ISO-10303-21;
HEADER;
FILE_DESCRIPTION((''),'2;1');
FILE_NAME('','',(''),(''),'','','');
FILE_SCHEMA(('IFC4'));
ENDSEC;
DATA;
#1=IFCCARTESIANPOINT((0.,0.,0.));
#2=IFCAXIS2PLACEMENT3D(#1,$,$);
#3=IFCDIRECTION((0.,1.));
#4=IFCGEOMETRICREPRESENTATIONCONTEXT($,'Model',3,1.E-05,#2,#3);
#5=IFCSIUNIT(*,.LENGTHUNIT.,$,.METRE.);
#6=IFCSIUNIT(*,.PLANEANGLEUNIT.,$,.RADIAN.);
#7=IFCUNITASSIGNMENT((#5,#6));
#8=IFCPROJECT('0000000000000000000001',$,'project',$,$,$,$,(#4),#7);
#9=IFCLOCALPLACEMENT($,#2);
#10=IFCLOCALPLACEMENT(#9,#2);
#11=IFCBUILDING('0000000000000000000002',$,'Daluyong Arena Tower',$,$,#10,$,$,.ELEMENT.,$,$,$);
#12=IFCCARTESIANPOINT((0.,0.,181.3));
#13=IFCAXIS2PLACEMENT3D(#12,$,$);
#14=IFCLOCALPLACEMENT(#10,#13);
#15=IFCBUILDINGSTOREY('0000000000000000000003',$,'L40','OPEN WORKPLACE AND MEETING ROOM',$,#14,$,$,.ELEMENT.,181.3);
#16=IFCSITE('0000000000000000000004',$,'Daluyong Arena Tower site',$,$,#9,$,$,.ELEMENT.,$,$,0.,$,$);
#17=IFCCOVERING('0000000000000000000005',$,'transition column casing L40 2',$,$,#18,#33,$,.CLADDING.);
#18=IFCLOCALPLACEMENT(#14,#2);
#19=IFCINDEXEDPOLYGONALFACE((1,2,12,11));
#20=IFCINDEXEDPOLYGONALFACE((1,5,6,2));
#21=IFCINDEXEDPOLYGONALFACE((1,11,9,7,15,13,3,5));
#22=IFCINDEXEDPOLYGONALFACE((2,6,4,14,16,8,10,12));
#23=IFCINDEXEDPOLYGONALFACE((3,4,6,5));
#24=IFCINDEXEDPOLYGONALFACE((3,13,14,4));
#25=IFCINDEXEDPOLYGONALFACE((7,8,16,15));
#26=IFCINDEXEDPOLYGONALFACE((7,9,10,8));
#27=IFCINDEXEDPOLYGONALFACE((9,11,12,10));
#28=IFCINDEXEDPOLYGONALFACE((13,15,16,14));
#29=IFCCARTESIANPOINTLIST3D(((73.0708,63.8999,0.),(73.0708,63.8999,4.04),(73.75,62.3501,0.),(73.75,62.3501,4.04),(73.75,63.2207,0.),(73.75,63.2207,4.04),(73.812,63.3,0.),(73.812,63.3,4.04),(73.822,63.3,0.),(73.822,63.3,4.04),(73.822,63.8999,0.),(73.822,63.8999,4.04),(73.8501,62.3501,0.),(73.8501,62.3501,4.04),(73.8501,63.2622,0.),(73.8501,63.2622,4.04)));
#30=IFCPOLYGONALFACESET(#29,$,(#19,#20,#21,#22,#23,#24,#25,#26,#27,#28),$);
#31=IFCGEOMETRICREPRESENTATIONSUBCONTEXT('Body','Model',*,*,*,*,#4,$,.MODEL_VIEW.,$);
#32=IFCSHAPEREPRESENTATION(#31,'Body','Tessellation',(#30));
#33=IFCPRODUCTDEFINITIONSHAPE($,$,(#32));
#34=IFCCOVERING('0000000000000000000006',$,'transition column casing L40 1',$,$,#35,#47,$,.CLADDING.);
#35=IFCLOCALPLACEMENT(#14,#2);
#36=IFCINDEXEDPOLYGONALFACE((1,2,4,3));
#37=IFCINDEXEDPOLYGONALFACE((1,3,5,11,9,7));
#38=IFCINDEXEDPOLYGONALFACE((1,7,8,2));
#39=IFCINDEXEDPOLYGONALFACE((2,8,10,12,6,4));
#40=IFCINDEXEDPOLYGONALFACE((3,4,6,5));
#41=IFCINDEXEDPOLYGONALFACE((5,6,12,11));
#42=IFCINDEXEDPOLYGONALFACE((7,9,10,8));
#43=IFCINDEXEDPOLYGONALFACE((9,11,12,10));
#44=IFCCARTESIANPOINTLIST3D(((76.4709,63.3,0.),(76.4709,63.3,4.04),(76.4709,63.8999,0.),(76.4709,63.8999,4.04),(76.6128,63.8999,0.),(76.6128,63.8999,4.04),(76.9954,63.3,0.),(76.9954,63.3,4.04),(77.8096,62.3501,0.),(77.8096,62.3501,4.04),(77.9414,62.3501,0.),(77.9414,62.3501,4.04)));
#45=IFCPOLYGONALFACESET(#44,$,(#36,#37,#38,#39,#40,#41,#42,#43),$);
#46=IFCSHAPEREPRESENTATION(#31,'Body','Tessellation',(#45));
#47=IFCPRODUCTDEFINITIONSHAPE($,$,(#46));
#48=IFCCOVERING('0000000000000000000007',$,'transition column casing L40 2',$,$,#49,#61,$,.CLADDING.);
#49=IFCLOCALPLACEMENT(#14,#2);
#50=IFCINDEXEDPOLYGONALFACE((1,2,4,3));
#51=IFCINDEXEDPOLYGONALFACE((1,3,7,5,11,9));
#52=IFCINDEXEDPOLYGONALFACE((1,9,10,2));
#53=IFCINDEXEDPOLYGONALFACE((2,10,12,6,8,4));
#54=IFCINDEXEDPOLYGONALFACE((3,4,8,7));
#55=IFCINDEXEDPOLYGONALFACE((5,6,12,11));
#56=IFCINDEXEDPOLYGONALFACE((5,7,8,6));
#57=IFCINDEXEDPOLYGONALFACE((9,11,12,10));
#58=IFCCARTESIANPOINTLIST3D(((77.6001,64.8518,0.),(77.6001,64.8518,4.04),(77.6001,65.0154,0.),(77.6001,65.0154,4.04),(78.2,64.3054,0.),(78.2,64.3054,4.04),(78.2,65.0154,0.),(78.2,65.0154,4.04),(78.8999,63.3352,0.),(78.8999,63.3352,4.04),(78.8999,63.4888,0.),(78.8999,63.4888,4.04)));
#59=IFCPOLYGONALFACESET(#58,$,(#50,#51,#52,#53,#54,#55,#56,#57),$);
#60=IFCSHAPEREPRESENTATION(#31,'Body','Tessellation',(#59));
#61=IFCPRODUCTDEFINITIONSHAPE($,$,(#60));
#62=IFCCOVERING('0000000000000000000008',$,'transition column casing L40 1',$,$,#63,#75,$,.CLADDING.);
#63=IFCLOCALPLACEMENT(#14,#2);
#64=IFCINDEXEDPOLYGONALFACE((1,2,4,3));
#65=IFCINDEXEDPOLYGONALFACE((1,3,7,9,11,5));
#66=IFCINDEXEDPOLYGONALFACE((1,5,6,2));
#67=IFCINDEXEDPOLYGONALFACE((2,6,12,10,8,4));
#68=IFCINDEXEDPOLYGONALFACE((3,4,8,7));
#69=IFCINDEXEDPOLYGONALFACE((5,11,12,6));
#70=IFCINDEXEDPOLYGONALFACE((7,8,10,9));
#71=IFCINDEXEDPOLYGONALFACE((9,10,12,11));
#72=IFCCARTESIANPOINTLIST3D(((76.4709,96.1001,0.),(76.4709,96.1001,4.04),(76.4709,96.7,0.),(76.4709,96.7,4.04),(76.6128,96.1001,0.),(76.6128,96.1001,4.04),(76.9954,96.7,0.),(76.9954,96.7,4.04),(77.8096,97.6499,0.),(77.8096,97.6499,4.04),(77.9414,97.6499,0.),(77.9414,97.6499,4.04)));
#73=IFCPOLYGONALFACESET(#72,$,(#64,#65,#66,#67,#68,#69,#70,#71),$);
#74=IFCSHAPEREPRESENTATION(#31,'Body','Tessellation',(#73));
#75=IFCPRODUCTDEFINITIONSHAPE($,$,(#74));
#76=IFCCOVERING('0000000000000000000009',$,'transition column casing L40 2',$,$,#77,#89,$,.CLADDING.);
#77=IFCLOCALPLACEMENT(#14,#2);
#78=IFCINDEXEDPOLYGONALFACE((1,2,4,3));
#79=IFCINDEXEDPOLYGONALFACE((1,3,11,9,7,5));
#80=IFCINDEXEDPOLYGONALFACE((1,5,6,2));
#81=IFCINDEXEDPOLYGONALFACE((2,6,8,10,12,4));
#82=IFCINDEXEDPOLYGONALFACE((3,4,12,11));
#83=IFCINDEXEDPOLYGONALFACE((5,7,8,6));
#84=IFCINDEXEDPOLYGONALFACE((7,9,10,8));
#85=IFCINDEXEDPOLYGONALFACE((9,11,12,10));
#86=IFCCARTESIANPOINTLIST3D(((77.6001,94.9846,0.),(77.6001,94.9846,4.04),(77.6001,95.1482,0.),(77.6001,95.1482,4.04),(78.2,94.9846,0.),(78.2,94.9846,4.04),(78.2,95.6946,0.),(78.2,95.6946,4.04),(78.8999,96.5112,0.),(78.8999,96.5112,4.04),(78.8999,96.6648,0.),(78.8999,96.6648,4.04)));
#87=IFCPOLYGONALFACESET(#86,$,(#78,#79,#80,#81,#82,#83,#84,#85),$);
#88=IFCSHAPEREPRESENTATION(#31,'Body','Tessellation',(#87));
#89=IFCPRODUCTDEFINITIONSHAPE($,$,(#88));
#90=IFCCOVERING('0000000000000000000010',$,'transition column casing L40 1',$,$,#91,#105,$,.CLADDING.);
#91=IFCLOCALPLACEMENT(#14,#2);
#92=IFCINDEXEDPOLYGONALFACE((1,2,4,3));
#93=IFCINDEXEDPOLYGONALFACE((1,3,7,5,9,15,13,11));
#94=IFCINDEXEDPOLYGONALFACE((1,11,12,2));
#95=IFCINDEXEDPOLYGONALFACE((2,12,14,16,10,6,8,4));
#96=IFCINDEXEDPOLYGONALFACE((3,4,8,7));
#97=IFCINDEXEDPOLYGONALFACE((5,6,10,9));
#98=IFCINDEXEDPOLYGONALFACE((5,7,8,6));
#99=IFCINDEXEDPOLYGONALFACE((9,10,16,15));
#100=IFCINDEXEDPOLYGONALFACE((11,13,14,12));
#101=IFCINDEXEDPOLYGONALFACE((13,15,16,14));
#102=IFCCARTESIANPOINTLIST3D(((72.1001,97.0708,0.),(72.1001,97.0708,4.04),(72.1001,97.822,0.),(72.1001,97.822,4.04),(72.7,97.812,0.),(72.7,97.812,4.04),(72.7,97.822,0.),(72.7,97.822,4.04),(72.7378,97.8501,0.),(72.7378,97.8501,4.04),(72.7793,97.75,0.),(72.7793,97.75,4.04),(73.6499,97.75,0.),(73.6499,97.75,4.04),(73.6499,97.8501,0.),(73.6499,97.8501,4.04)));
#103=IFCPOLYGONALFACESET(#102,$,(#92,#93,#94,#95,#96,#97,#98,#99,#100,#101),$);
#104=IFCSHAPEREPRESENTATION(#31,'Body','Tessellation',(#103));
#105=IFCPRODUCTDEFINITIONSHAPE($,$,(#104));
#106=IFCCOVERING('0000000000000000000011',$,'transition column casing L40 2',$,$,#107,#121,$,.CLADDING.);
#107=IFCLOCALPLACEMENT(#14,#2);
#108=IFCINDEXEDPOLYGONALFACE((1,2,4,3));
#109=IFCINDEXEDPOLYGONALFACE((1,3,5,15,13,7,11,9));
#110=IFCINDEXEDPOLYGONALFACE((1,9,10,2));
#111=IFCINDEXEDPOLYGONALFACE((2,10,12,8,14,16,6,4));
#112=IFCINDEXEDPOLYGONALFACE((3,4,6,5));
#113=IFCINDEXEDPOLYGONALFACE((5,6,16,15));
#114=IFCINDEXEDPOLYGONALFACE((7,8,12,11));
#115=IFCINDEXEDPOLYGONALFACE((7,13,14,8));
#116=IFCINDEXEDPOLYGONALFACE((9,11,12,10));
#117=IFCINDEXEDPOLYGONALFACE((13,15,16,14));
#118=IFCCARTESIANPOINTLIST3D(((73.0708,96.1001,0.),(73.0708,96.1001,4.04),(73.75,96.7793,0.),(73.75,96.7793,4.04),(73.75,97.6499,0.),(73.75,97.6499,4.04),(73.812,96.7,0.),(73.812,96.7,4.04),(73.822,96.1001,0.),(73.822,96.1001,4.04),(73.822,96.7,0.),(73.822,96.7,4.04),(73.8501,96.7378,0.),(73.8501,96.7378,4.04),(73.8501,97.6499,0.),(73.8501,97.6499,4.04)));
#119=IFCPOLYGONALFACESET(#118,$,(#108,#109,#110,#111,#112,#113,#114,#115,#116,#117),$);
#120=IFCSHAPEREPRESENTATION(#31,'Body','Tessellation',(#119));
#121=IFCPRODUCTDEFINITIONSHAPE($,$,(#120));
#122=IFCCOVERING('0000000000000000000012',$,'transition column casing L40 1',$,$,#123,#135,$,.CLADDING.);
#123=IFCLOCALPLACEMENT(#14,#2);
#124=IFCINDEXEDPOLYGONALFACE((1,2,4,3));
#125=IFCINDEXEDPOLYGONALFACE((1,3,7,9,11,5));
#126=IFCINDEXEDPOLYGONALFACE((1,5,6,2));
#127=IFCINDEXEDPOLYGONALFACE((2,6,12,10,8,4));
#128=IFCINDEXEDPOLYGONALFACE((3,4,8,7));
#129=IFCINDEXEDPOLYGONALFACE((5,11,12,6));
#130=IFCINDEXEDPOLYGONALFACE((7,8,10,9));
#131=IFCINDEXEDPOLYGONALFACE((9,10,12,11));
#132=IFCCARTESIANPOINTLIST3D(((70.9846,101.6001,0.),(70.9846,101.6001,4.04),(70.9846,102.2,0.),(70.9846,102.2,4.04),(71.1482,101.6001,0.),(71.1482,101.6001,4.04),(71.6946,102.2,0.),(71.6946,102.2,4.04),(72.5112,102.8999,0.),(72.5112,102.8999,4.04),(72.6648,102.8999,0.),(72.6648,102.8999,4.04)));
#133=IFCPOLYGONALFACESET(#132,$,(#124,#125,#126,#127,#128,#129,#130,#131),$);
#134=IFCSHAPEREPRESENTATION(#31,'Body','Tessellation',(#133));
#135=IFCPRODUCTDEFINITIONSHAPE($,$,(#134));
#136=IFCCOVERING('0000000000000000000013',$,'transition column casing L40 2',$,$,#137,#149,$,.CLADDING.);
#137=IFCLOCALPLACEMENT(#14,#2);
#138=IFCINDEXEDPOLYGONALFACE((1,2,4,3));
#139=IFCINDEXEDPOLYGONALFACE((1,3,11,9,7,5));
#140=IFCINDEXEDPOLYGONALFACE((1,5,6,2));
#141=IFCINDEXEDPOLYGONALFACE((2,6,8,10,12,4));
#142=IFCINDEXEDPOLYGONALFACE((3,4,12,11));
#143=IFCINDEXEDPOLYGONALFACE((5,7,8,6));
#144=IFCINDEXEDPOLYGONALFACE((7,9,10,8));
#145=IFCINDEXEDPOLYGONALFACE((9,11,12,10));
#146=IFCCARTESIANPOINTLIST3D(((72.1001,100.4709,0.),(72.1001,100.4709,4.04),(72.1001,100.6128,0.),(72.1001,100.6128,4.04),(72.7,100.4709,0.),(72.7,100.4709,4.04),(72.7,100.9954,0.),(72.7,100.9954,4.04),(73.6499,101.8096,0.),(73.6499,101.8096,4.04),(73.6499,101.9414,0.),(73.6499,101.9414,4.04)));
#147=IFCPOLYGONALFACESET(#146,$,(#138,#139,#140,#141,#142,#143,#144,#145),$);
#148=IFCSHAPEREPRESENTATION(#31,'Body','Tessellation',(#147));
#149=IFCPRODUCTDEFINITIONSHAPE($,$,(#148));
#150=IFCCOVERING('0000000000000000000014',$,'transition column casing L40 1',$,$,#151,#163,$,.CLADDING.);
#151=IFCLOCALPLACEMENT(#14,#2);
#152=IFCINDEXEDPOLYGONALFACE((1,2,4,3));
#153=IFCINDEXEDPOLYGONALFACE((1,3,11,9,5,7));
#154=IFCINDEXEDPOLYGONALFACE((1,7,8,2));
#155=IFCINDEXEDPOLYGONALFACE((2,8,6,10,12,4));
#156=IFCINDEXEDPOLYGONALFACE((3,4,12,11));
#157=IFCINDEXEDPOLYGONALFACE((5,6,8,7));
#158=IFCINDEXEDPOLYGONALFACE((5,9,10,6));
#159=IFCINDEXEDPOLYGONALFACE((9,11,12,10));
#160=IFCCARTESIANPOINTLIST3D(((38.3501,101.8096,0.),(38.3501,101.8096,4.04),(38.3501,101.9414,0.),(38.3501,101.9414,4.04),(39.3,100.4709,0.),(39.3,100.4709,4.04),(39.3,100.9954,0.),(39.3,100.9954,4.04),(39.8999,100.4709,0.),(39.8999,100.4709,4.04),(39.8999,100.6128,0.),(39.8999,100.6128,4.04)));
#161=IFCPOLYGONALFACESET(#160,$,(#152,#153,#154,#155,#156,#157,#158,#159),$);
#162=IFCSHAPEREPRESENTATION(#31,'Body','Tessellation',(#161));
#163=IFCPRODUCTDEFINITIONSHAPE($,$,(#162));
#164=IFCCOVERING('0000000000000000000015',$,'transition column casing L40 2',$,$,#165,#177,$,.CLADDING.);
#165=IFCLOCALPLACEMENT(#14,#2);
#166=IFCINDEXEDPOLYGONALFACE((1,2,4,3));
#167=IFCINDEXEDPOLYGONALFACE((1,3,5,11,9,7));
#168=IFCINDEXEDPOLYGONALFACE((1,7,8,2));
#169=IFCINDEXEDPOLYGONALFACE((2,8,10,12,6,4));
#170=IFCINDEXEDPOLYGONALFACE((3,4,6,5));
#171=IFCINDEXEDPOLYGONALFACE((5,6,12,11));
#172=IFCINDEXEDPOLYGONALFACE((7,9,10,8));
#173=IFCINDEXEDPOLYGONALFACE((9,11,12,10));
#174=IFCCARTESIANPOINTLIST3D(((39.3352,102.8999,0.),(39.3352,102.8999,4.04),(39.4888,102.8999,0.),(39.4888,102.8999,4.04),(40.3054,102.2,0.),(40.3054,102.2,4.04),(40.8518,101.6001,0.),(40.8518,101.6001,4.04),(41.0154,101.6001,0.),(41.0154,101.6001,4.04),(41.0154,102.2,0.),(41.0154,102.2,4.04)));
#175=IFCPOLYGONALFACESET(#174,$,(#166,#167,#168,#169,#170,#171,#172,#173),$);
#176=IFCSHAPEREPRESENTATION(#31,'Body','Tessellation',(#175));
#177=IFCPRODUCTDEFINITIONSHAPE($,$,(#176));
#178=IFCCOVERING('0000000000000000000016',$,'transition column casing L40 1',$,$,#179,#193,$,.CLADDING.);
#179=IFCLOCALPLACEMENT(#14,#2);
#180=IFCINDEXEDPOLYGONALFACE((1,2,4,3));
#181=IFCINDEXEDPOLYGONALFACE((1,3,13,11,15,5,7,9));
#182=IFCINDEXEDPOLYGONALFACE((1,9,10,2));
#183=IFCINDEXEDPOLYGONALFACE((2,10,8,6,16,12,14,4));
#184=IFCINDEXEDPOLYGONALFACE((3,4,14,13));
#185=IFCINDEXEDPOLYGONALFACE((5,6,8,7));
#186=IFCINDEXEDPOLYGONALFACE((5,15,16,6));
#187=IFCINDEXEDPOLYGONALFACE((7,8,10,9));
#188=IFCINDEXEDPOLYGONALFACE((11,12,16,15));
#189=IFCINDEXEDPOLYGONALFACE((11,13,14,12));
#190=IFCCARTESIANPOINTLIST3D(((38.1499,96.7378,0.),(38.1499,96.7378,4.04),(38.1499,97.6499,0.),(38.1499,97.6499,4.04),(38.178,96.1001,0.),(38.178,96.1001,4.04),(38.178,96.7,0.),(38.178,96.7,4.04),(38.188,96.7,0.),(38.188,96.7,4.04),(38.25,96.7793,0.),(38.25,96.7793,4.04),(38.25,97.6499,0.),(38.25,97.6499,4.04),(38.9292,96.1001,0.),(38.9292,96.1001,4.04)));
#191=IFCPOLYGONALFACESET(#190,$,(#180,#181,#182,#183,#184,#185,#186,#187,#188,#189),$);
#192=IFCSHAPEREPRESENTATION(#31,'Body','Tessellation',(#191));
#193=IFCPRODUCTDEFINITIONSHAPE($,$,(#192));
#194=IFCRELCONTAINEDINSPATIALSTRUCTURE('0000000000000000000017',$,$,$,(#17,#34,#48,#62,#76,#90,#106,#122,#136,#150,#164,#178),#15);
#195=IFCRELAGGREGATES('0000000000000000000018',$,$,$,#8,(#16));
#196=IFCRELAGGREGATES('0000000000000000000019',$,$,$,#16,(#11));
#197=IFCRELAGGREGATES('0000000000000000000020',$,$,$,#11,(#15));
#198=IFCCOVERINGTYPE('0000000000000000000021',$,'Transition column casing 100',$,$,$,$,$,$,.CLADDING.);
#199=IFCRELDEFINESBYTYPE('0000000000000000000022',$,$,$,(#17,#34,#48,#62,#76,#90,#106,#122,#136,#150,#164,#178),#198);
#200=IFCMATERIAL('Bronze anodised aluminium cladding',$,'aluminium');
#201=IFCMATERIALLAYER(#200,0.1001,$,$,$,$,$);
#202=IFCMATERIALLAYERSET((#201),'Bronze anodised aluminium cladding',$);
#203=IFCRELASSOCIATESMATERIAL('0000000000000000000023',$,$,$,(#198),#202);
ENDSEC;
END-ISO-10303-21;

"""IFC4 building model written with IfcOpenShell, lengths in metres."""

from ifc_helpers import new_model, si_unit, direction, frame, origin, place, context, subcontext, project, spatial, polyline, outline, extrude, material, layer, layer_set, type_object, element, save


model = new_model("IFC4")

# Units and contexts
model_context = context("Model", 3, precision=1e-05, world=origin(), true_north=direction((0.0, 1.0)))
body_context = subcontext(model_context, "Body", "Model", "MODEL_VIEW")
ifc_project = project(units=[si_unit("LENGTHUNIT", "METRE"), si_unit("PLANEANGLEUNIT", "RADIAN")], contexts=[model_context])

# Site, building, storey
site_placement = place(None, origin())
site = spatial("IfcSite", under=ifc_project, at=site_placement, Name="Daluyong Arena Tower site", CompositionType="ELEMENT", RefElevation=0.0)
building_placement = place(site_placement, origin())
building = spatial("IfcBuilding", under=site, at=building_placement, Name="Daluyong Arena Tower", CompositionType="ELEMENT")
storey_placement = place(building_placement, frame((0.0, 0.0, 181.3)))
storey = spatial("IfcBuildingStorey", under=building, at=storey_placement, Name="L40", Description="OPEN WORKPLACE AND MEETING ROOM", CompositionType="ELEMENT", Elevation=181.3)

# Coverings
ifc_material_1 = material(Name="Bronze anodised aluminium cladding", Category="aluminium")
ifc_layer_1 = layer(ifc_material_1, 0.1001)
ifc_layer_set_1 = layer_set([ifc_layer_1], Name="Bronze anodised aluminium cladding")
covering_type = type_object("IfcCoveringType", Name="Transition column casing 100", PredefinedType="CLADDING", material=ifc_layer_set_1)
covering_1_placement = place(storey_placement, origin())
element("IfcCovering", 1, at=covering_1_placement, inside=storey, type_object=covering_type, Name="transition column casing L40 2", PredefinedType="CLADDING", context=body_context, shape_type="SweptSolid", body=[
    extrude(outline(polyline([(73.822, 63.8999), (73.822, 63.3), (73.812, 63.3), (73.8501, 63.2622), (73.8501, 62.3501), (73.75, 62.3501), (73.75, 63.2207), (73.0708, 63.8999), (73.822, 63.8999)])), origin(), (0.0, 0.0, 1.0), 4.04),
])
covering_2_placement = place(storey_placement, origin())
element("IfcCovering", 2, at=covering_2_placement, inside=storey, type_object=covering_type, Name="transition column casing L40 1", PredefinedType="CLADDING", context=body_context, shape_type="SweptSolid", body=[
    extrude(outline(polyline([(76.4709, 63.8999), (76.6128, 63.8999), (77.9414, 62.3501), (77.8096, 62.3501), (76.9954, 63.3), (76.4709, 63.3), (76.4709, 63.8999)])), origin(), (0.0, 0.0, 1.0), 4.04),
])
covering_3_placement = place(storey_placement, origin())
element("IfcCovering", 3, at=covering_3_placement, inside=storey, type_object=covering_type, Name="transition column casing L40 2", PredefinedType="CLADDING", context=body_context, shape_type="SweptSolid", body=[
    extrude(outline(polyline([(77.6001, 64.8518), (77.6001, 65.0154), (78.2, 65.0154), (78.2, 64.3054), (78.8999, 63.4888), (78.8999, 63.3352), (77.6001, 64.8518)])), origin(), (0.0, 0.0, 1.0), 4.04),
])
covering_4_placement = place(storey_placement, origin())
element("IfcCovering", 4, at=covering_4_placement, inside=storey, type_object=covering_type, Name="transition column casing L40 1", PredefinedType="CLADDING", context=body_context, shape_type="SweptSolid", body=[
    extrude(outline(polyline([(76.4709, 96.1001), (76.4709, 96.7), (76.9954, 96.7), (77.8096, 97.6499), (77.9414, 97.6499), (76.6128, 96.1001), (76.4709, 96.1001)])), origin(), (0.0, 0.0, 1.0), 4.04),
])
covering_5_placement = place(storey_placement, origin())
element("IfcCovering", 5, at=covering_5_placement, inside=storey, type_object=covering_type, Name="transition column casing L40 2", PredefinedType="CLADDING", context=body_context, shape_type="SweptSolid", body=[
    extrude(outline(polyline([(78.2, 95.6946), (78.2, 94.9846), (77.6001, 94.9846), (77.6001, 95.1482), (78.8999, 96.6648), (78.8999, 96.5112), (78.2, 95.6946)])), origin(), (0.0, 0.0, 1.0), 4.04),
])
covering_6_placement = place(storey_placement, origin())
element("IfcCovering", 6, at=covering_6_placement, inside=storey, type_object=covering_type, Name="transition column casing L40 1", PredefinedType="CLADDING", context=body_context, shape_type="SweptSolid", body=[
    extrude(outline(polyline([(72.1001, 97.822), (72.7, 97.822), (72.7, 97.812), (72.7378, 97.8501), (73.6499, 97.8501), (73.6499, 97.75), (72.7793, 97.75), (72.1001, 97.0708), (72.1001, 97.822)])), origin(), (0.0, 0.0, 1.0), 4.04),
])
covering_7_placement = place(storey_placement, origin())
element("IfcCovering", 7, at=covering_7_placement, inside=storey, type_object=covering_type, Name="transition column casing L40 2", PredefinedType="CLADDING", context=body_context, shape_type="SweptSolid", body=[
    extrude(outline(polyline([(73.8501, 96.7378), (73.812, 96.7), (73.822, 96.7), (73.822, 96.1001), (73.0708, 96.1001), (73.75, 96.7793), (73.75, 97.6499), (73.8501, 97.6499), (73.8501, 96.7378)])), origin(), (0.0, 0.0, 1.0), 4.04),
])
covering_8_placement = place(storey_placement, origin())
element("IfcCovering", 8, at=covering_8_placement, inside=storey, type_object=covering_type, Name="transition column casing L40 1", PredefinedType="CLADDING", context=body_context, shape_type="SweptSolid", body=[
    extrude(outline(polyline([(70.9846, 101.6001), (70.9846, 102.2), (71.6946, 102.2), (72.5112, 102.8999), (72.6648, 102.8999), (71.1482, 101.6001), (70.9846, 101.6001)])), origin(), (0.0, 0.0, 1.0), 4.04),
])
covering_9_placement = place(storey_placement, origin())
element("IfcCovering", 9, at=covering_9_placement, inside=storey, type_object=covering_type, Name="transition column casing L40 2", PredefinedType="CLADDING", context=body_context, shape_type="SweptSolid", body=[
    extrude(outline(polyline([(72.7, 100.9954), (72.7, 100.4709), (72.1001, 100.4709), (72.1001, 100.6128), (73.6499, 101.9414), (73.6499, 101.8096), (72.7, 100.9954)])), origin(), (0.0, 0.0, 1.0), 4.04),
])
covering_10_placement = place(storey_placement, origin())
element("IfcCovering", 10, at=covering_10_placement, inside=storey, type_object=covering_type, Name="transition column casing L40 1", PredefinedType="CLADDING", context=body_context, shape_type="SweptSolid", body=[
    extrude(outline(polyline([(39.8999, 100.6128), (39.8999, 100.4709), (39.3, 100.4709), (39.3, 100.9954), (38.3501, 101.8096), (38.3501, 101.9414), (39.8999, 100.6128)])), origin(), (0.0, 0.0, 1.0), 4.04),
])
covering_11_placement = place(storey_placement, origin())
element("IfcCovering", 11, at=covering_11_placement, inside=storey, type_object=covering_type, Name="transition column casing L40 2", PredefinedType="CLADDING", context=body_context, shape_type="SweptSolid", body=[
    extrude(outline(polyline([(40.3054, 102.2), (41.0154, 102.2), (41.0154, 101.6001), (40.8518, 101.6001), (39.3352, 102.8999), (39.4888, 102.8999), (40.3054, 102.2)])), origin(), (0.0, 0.0, 1.0), 4.04),
])
covering_12_placement = place(storey_placement, origin())
element("IfcCovering", 12, at=covering_12_placement, inside=storey, type_object=covering_type, Name="transition column casing L40 1", PredefinedType="CLADDING", context=body_context, shape_type="SweptSolid", body=[
    extrude(outline(polyline([(38.178, 96.7), (38.188, 96.7), (38.1499, 96.7378), (38.1499, 97.6499), (38.25, 97.6499), (38.25, 96.7793), (38.9292, 96.1001), (38.178, 96.1001), (38.178, 96.7)])), origin(), (0.0, 0.0, 1.0), 4.04),
])

save(model, "model.ifc")
